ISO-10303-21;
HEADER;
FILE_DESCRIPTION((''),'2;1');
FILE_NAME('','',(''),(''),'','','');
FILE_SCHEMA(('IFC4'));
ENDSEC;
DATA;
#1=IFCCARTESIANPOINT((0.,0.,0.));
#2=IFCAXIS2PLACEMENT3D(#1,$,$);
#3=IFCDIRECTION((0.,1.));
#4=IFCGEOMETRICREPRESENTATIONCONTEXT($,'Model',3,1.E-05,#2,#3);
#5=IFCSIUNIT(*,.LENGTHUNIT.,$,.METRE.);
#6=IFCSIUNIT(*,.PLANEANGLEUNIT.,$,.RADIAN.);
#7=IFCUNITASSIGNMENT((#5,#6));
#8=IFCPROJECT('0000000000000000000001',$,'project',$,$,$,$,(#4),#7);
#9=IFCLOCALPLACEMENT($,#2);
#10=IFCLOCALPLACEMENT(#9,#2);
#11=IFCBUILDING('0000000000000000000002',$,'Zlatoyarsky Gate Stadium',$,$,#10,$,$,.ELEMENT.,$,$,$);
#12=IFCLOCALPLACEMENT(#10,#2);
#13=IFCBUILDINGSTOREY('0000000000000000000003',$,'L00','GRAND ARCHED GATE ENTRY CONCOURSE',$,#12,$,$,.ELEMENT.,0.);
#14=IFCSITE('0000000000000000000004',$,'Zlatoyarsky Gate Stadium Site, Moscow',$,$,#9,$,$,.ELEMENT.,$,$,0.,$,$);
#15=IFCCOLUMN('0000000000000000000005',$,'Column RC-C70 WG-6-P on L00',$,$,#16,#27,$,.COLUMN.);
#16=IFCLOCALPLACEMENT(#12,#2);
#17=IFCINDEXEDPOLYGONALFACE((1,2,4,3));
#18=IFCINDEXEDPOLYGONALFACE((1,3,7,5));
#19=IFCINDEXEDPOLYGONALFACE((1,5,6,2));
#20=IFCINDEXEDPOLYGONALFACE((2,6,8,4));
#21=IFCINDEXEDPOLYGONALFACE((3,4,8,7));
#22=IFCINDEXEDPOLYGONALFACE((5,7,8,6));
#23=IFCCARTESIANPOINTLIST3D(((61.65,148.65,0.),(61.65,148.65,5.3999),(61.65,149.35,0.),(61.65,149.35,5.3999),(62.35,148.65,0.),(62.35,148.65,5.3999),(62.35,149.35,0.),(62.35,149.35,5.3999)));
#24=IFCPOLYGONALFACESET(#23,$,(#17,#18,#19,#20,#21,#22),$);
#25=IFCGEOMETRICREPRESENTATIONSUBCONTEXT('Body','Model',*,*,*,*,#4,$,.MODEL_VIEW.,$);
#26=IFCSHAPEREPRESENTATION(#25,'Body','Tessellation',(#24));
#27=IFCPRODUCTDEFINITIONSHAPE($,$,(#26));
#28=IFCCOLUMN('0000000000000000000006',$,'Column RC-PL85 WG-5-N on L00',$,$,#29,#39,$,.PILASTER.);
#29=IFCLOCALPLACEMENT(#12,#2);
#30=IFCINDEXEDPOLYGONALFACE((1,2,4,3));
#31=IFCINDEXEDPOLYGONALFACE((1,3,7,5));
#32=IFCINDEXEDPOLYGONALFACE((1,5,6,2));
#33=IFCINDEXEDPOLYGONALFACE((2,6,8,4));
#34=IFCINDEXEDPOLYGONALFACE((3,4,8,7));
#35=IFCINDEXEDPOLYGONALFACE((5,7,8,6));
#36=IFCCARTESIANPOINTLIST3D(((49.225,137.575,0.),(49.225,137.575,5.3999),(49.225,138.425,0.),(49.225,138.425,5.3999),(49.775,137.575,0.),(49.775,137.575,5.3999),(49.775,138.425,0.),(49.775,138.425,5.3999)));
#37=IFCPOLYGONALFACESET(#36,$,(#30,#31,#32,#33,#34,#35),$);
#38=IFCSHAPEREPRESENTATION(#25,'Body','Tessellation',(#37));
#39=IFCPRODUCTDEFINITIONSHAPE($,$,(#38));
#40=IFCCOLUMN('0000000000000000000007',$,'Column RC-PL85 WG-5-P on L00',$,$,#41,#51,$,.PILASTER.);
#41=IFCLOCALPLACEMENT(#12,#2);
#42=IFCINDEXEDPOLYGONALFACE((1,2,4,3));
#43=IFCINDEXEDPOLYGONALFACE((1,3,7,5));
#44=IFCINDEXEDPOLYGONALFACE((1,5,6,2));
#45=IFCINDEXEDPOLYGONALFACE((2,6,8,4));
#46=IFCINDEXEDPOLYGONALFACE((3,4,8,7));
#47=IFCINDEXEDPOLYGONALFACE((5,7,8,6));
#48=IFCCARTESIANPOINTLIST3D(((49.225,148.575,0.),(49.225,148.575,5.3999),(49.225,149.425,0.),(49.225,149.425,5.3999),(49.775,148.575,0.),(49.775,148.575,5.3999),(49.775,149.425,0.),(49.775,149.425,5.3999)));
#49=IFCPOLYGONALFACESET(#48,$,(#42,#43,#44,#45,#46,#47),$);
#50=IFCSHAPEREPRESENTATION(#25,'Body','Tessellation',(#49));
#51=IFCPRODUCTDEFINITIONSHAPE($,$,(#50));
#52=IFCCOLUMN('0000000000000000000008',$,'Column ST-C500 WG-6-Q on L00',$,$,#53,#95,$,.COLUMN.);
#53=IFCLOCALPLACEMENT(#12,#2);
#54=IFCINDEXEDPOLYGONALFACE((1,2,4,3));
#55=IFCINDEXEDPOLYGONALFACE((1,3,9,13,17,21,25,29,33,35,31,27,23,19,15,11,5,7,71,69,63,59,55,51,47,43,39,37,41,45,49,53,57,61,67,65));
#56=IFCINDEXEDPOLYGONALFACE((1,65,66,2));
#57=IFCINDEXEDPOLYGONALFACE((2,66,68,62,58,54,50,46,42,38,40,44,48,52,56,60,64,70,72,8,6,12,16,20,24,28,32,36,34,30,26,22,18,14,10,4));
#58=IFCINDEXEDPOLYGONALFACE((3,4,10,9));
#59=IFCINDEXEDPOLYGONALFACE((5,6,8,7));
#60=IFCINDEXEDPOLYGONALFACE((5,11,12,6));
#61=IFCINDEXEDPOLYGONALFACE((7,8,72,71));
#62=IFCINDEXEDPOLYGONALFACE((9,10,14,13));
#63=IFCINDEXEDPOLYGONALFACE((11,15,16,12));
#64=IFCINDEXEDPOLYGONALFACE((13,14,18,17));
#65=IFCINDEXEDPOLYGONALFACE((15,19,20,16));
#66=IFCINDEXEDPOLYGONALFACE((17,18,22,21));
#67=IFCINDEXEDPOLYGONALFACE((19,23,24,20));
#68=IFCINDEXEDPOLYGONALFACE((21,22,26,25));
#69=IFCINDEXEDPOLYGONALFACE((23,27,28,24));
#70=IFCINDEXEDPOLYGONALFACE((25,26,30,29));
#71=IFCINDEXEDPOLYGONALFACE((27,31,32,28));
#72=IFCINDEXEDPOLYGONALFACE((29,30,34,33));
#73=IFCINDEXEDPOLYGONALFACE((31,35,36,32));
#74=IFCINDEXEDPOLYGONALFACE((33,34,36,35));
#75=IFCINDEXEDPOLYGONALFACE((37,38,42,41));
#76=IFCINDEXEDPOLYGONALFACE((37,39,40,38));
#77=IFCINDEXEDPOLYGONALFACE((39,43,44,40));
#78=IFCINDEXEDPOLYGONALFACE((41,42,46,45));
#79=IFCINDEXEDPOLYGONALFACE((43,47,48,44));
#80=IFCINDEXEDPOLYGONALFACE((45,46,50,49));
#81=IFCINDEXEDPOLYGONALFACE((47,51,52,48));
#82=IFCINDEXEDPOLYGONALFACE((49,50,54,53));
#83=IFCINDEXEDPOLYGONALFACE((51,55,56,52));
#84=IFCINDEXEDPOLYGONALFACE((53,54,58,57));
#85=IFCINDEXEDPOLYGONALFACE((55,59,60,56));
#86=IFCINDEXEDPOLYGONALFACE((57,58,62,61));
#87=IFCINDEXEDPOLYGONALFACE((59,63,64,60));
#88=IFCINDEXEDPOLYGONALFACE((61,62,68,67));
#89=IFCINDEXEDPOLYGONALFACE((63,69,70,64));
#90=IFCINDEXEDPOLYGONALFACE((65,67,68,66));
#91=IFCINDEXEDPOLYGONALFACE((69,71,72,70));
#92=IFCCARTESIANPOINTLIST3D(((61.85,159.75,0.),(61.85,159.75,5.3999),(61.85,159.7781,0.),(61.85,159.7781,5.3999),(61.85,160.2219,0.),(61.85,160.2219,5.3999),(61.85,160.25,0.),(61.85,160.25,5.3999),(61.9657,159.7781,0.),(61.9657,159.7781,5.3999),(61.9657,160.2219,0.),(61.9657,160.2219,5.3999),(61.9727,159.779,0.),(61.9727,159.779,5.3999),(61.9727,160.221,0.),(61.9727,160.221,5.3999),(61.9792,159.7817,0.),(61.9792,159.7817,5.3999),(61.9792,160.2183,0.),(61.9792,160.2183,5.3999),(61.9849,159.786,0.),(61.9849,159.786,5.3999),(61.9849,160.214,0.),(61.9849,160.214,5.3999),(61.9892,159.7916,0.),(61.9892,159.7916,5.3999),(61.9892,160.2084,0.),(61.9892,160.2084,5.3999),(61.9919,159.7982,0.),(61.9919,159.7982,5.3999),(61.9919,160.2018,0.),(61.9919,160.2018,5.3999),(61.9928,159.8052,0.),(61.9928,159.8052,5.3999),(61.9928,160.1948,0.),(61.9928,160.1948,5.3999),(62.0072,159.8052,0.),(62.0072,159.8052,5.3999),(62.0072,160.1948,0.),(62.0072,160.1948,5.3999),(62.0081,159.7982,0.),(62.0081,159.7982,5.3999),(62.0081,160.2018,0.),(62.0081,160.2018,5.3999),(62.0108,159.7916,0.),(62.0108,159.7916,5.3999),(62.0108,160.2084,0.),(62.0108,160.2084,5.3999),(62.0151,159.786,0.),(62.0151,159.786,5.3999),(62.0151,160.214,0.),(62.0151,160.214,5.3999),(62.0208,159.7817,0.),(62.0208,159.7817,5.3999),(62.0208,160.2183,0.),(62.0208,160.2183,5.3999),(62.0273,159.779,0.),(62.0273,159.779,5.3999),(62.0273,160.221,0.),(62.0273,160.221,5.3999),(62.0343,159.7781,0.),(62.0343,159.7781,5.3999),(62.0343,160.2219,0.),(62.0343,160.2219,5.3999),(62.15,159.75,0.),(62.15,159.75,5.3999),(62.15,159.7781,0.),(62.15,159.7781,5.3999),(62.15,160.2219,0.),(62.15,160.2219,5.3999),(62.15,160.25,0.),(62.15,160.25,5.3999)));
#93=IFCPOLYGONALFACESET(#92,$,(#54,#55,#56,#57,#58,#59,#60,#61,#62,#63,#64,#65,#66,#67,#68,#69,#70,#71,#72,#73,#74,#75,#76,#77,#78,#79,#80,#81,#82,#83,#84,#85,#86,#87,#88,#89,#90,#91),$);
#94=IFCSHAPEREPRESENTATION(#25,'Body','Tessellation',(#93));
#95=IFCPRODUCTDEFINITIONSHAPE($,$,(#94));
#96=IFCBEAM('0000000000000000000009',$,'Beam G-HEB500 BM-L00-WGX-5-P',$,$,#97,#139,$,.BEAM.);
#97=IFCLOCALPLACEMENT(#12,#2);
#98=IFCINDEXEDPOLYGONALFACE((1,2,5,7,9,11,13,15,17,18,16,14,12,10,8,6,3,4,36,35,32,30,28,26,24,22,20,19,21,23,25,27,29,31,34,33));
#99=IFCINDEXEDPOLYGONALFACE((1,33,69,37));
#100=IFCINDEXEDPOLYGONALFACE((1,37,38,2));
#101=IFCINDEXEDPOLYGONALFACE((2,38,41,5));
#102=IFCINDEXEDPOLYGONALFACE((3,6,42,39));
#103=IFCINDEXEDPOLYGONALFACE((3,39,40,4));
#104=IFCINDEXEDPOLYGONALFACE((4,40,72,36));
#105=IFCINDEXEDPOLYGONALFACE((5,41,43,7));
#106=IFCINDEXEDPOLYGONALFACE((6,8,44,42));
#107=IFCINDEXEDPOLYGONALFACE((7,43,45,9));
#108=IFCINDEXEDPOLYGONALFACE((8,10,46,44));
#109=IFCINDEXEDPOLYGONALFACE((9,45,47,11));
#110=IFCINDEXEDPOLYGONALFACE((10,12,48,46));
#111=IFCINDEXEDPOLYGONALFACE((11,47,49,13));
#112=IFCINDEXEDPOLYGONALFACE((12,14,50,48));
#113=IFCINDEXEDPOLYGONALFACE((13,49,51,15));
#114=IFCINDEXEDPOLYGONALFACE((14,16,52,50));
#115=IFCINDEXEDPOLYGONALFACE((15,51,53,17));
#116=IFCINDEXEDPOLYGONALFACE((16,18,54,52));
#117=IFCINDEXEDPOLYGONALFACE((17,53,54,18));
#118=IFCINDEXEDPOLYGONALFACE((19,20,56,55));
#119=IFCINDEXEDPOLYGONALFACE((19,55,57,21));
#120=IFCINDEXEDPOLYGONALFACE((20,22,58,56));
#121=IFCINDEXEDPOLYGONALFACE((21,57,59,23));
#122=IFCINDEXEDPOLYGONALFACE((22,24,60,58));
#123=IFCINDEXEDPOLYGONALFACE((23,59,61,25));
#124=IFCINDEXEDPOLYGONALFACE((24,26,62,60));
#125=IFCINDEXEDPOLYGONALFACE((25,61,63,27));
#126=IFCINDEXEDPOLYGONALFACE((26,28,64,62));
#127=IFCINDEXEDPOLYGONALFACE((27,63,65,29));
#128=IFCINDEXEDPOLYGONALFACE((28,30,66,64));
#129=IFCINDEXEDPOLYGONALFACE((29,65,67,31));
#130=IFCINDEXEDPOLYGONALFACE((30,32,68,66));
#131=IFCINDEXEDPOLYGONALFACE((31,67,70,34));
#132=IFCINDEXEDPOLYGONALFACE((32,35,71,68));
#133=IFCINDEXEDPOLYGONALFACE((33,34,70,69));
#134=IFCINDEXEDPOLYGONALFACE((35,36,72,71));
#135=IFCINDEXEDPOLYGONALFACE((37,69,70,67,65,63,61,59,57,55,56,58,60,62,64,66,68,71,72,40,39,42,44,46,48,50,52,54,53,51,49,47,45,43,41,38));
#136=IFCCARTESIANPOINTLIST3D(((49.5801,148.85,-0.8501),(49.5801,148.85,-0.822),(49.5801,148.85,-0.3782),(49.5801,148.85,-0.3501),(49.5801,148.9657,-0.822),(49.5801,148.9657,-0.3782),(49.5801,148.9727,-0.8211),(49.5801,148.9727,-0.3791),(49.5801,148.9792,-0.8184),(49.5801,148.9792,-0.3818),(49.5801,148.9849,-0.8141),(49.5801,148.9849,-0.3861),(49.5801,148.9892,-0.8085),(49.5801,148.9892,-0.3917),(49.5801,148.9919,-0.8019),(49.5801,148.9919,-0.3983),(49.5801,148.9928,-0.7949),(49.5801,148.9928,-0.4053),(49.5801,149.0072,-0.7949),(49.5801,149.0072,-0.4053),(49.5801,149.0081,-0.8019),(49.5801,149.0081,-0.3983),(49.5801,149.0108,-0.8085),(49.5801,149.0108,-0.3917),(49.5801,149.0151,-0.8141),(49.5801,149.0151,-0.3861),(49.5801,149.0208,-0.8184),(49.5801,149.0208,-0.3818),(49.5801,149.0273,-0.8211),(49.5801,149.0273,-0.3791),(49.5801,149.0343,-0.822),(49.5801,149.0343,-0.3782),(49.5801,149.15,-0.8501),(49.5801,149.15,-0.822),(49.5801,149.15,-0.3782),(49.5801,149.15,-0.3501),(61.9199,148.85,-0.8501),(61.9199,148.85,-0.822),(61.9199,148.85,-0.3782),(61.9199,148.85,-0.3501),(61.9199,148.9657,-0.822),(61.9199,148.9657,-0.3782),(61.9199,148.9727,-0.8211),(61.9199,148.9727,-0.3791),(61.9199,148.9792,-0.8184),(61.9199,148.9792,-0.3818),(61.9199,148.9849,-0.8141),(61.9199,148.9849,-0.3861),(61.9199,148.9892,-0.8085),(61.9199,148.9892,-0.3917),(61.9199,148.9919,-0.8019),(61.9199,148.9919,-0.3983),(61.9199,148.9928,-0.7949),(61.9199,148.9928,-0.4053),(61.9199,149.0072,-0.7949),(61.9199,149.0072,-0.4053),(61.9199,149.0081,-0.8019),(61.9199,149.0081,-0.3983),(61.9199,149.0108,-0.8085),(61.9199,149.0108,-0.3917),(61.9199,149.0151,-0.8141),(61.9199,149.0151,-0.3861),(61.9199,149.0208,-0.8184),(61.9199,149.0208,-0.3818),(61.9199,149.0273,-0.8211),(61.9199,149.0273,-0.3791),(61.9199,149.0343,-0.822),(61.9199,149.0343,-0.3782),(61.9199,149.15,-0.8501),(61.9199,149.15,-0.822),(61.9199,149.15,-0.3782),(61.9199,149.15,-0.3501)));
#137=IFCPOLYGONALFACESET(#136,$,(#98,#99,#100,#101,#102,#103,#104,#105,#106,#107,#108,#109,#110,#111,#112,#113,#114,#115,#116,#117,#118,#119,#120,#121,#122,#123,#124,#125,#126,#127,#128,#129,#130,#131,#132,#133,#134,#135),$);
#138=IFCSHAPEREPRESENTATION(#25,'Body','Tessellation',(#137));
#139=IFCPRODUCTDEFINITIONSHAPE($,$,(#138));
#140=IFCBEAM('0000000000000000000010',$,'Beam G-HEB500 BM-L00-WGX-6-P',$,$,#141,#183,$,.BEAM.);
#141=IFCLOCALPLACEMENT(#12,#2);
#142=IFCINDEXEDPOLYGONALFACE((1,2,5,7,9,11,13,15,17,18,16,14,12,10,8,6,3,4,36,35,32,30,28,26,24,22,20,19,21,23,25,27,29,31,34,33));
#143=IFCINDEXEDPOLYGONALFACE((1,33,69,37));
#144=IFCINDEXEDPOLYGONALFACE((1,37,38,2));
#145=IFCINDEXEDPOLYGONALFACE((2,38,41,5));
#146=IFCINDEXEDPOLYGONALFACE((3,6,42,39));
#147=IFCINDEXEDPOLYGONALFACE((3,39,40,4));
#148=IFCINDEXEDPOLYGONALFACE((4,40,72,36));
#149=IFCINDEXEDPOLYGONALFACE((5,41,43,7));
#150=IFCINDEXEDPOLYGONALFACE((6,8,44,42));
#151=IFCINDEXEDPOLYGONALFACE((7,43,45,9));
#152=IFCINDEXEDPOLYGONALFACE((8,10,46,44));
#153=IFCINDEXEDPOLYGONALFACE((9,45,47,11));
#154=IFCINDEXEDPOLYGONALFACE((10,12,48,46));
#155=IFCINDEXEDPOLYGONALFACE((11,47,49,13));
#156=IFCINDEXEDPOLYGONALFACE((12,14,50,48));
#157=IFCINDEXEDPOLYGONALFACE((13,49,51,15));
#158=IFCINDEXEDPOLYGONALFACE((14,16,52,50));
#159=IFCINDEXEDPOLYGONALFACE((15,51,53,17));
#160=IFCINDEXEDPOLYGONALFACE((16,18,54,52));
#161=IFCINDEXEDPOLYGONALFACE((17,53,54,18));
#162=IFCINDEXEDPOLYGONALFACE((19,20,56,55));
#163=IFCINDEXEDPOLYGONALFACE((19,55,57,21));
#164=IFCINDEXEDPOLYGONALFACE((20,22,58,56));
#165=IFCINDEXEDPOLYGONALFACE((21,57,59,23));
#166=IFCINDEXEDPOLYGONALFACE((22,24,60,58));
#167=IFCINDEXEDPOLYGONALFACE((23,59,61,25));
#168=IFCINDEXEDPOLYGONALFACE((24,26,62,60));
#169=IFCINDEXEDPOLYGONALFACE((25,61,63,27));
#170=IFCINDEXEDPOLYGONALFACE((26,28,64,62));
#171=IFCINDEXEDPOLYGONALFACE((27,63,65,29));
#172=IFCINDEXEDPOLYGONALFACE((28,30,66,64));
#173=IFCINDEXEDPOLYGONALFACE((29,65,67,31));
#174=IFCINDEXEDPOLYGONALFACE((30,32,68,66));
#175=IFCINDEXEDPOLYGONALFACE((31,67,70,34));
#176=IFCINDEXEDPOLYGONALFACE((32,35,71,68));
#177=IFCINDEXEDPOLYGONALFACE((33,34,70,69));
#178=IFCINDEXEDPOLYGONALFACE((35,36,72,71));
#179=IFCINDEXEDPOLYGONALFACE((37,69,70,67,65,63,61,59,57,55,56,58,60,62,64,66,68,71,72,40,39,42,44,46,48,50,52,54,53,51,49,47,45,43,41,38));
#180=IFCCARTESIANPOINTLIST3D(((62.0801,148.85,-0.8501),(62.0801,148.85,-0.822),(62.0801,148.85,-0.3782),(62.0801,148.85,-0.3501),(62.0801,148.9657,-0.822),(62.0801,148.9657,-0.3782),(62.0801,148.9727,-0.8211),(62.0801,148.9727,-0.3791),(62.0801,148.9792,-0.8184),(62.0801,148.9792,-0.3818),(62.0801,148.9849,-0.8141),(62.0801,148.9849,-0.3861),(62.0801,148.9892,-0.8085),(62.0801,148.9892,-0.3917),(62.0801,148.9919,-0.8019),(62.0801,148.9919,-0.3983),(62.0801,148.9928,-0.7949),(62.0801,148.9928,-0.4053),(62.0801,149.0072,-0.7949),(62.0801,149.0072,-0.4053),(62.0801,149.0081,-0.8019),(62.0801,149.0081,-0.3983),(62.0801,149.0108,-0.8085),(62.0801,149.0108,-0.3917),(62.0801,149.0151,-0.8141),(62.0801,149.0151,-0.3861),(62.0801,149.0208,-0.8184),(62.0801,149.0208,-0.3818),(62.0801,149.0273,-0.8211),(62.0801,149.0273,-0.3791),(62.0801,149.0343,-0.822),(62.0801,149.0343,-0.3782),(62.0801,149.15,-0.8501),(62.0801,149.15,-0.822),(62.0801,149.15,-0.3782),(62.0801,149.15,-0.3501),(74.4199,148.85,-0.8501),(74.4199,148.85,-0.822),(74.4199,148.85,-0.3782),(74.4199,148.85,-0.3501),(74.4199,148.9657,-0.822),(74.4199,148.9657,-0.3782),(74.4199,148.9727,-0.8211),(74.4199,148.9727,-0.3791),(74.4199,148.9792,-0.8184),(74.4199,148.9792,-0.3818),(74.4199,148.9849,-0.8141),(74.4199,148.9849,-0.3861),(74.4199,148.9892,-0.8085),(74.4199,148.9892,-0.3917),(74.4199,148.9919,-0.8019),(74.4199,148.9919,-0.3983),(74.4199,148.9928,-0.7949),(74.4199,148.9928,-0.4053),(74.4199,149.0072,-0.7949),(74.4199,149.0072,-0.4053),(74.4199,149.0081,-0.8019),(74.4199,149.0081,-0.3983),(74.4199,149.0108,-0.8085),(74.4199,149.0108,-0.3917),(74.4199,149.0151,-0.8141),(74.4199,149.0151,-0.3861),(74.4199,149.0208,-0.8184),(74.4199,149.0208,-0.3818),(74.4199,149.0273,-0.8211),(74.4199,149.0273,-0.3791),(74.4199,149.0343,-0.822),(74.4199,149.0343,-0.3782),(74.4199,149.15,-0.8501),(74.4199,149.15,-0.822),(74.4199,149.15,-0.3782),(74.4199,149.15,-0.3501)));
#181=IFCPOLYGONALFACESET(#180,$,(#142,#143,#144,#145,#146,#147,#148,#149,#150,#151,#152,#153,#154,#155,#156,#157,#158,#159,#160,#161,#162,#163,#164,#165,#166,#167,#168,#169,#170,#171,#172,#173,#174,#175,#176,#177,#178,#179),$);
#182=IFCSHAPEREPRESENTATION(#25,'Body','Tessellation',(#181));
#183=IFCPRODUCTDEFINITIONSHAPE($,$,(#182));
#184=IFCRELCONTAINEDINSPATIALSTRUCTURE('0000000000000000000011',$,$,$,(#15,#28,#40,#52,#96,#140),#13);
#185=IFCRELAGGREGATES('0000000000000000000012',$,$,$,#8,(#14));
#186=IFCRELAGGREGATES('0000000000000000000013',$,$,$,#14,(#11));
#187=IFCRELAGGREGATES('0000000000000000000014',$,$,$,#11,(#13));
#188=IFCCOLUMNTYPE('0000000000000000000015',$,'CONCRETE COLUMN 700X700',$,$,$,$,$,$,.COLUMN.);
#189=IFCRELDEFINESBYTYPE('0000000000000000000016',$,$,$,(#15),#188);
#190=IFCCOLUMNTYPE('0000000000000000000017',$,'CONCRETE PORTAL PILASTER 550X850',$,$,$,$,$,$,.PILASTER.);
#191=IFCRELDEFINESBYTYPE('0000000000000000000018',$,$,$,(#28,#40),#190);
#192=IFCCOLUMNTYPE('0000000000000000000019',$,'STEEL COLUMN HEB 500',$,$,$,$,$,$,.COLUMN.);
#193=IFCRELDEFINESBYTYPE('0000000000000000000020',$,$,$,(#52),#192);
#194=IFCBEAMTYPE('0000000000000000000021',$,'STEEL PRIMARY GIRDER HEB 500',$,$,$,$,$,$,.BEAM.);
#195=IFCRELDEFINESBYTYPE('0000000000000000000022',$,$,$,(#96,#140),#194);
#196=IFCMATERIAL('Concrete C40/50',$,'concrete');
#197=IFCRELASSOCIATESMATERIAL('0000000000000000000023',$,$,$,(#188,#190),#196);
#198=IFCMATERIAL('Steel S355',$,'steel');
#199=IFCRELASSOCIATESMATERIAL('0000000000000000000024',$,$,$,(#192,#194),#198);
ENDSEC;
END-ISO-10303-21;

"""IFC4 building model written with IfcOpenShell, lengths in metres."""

from ifc_helpers import new_model, si_unit, direction, frame, origin, origin_2d, place, context, subcontext, project, spatial, rectangle, i_section, extrude, material, material_profile, profile_set, type_object, element, save


model = new_model("IFC4")

# Units and contexts
model_context = context("Model", 3, precision=1e-05, world=origin(), true_north=direction((0.0, 1.0)))
body_context = subcontext(model_context, "Body", "Model", "MODEL_VIEW")
ifc_project = project(units=[si_unit("LENGTHUNIT", "METRE"), si_unit("PLANEANGLEUNIT", "RADIAN")], contexts=[model_context])

# Site, building, storey
site_placement = place(None, origin())
site = spatial("IfcSite", under=ifc_project, at=site_placement, Name="Zlatoyarsky Gate Stadium Site, Moscow", CompositionType="ELEMENT", RefElevation=0.0)
building_placement = place(site_placement, origin())
building = spatial("IfcBuilding", under=site, at=building_placement, Name="Zlatoyarsky Gate Stadium", CompositionType="ELEMENT")
storey_placement = place(building_placement, origin())
storey = spatial("IfcBuildingStorey", under=building, at=storey_placement, Name="L00", Description="GRAND ARCHED GATE ENTRY CONCOURSE", CompositionType="ELEMENT", Elevation=0.0)

# Columns
ifc_material_1 = material(Name="Concrete C40/50", Category="concrete")
ifc_material_profile_1 = material_profile(ifc_material_1, rectangle(XDim=0.7, YDim=0.7, at=origin_2d()), Name="RC COL 700X700")
ifc_profile_set_1 = profile_set([ifc_material_profile_1], Name="Concrete C40/50")
column_type_1 = type_object("IfcColumnType", Name="CONCRETE COLUMN 700X700", PredefinedType="COLUMN", material=ifc_profile_set_1)
column_1_placement = place(storey_placement, frame((62.0, 149.0, 0.0), z_axis=(0.0, 0.0, 1.0), x_axis=(1.0, 0.0, 0.0)))
element("IfcColumn", 1, at=column_1_placement, inside=storey, type_object=column_type_1, Name="Column RC-C70 WG-6-P on L00", PredefinedType="COLUMN", context=body_context, shape_type="SweptSolid", body=[
    extrude(rectangle(XDim=0.7, YDim=0.7, at=origin_2d()), origin(), (0.0, 0.0, 1.0), 5.3999),
])
ifc_material_profile_2 = material_profile(ifc_material_1, rectangle(XDim=0.55, YDim=0.8501, at=origin_2d()), Name="RC PILASTER 550X850")
ifc_profile_set_2 = profile_set([ifc_material_profile_2], Name="Concrete C40/50")
column_type_2 = type_object("IfcColumnType", Name="CONCRETE PORTAL PILASTER 550X850", PredefinedType="PILASTER", material=ifc_profile_set_2)
for number, where, z_axis, x_axis, name in (
    (2, (49.5, 138.0, 0.0), (0.0, 0.0, 1.0), (1.0, 0.0, 0.0), "Column RC-PL85 WG-5-N on L00"),
    (3, (49.5, 149.0, 0.0), (0.0, 0.0, 1.0), (1.0, 0.0, 0.0), "Column RC-PL85 WG-5-P on L00"),
):
    element("IfcColumn", number, at=place(storey_placement, frame(where, z_axis=z_axis, x_axis=x_axis)), inside=storey, type_object=column_type_2, Name=name, PredefinedType="PILASTER", context=body_context, shape_type="SweptSolid", body=[
        extrude(rectangle(XDim=0.55, YDim=0.8501, at=origin_2d()), origin(), (0.0, 0.0, 1.0), 5.3999),
    ])
ifc_material_2 = material(Name="Steel S355", Category="steel")
ifc_material_profile_3 = material_profile(ifc_material_2, i_section(OverallWidth=0.3, OverallDepth=0.5, WebThickness=0.0144, FlangeThickness=0.0281, FilletRadius=0.0271, at=origin_2d()), Name="HEB 500")
ifc_profile_set_3 = profile_set([ifc_material_profile_3], Name="Steel S355")
column_type_3 = type_object("IfcColumnType", Name="STEEL COLUMN HEB 500", PredefinedType="COLUMN", material=ifc_profile_set_3)
column_2_placement = place(storey_placement, frame((62.0, 160.0, 0.0), z_axis=(0.0, 0.0, 1.0), x_axis=(1.0, 0.0, 0.0)))
element("IfcColumn", 4, at=column_2_placement, inside=storey, type_object=column_type_3, Name="Column ST-C500 WG-6-Q on L00", PredefinedType="COLUMN", context=body_context, shape_type="SweptSolid", body=[
    extrude(i_section(OverallWidth=0.3, OverallDepth=0.5, WebThickness=0.0144, FlangeThickness=0.0281, FilletRadius=0.0271, at=origin_2d()), origin(), (0.0, 0.0, 1.0), 5.3999),
])

# Beams
ifc_material_profile_4 = material_profile(ifc_material_2, i_section(OverallWidth=0.3, OverallDepth=0.5, WebThickness=0.0144, FlangeThickness=0.0281, FilletRadius=0.0271, at=origin_2d()), Name="HEB 500")
ifc_profile_set_4 = profile_set([ifc_material_profile_4], Name="Steel S355")
beam_type_1 = type_object("IfcBeamType", Name="STEEL PRIMARY GIRDER HEB 500", PredefinedType="BEAM", material=ifc_profile_set_4)
for number, where, z_axis, x_axis, name in (
    (5, (49.5801, 149.0, -0.6001), (1.0, 0.0, 0.0), (0.0, 1.0, 0.0), "Beam G-HEB500 BM-L00-WGX-5-P"),
    (6, (62.0801, 149.0, -0.6001), (1.0, 0.0, 0.0), (0.0, 1.0, 0.0), "Beam G-HEB500 BM-L00-WGX-6-P"),
):
    element("IfcBeam", number, at=place(storey_placement, frame(where, z_axis=z_axis, x_axis=x_axis)), inside=storey, type_object=beam_type_1, Name=name, PredefinedType="BEAM", context=body_context, shape_type="SweptSolid", body=[
        extrude(i_section(OverallWidth=0.3, OverallDepth=0.5, WebThickness=0.0144, FlangeThickness=0.0281, FilletRadius=0.0271, at=origin_2d()), origin(), (0.0, 0.0, 1.0), 12.3398),
    ])

save(model, "model.ifc")
